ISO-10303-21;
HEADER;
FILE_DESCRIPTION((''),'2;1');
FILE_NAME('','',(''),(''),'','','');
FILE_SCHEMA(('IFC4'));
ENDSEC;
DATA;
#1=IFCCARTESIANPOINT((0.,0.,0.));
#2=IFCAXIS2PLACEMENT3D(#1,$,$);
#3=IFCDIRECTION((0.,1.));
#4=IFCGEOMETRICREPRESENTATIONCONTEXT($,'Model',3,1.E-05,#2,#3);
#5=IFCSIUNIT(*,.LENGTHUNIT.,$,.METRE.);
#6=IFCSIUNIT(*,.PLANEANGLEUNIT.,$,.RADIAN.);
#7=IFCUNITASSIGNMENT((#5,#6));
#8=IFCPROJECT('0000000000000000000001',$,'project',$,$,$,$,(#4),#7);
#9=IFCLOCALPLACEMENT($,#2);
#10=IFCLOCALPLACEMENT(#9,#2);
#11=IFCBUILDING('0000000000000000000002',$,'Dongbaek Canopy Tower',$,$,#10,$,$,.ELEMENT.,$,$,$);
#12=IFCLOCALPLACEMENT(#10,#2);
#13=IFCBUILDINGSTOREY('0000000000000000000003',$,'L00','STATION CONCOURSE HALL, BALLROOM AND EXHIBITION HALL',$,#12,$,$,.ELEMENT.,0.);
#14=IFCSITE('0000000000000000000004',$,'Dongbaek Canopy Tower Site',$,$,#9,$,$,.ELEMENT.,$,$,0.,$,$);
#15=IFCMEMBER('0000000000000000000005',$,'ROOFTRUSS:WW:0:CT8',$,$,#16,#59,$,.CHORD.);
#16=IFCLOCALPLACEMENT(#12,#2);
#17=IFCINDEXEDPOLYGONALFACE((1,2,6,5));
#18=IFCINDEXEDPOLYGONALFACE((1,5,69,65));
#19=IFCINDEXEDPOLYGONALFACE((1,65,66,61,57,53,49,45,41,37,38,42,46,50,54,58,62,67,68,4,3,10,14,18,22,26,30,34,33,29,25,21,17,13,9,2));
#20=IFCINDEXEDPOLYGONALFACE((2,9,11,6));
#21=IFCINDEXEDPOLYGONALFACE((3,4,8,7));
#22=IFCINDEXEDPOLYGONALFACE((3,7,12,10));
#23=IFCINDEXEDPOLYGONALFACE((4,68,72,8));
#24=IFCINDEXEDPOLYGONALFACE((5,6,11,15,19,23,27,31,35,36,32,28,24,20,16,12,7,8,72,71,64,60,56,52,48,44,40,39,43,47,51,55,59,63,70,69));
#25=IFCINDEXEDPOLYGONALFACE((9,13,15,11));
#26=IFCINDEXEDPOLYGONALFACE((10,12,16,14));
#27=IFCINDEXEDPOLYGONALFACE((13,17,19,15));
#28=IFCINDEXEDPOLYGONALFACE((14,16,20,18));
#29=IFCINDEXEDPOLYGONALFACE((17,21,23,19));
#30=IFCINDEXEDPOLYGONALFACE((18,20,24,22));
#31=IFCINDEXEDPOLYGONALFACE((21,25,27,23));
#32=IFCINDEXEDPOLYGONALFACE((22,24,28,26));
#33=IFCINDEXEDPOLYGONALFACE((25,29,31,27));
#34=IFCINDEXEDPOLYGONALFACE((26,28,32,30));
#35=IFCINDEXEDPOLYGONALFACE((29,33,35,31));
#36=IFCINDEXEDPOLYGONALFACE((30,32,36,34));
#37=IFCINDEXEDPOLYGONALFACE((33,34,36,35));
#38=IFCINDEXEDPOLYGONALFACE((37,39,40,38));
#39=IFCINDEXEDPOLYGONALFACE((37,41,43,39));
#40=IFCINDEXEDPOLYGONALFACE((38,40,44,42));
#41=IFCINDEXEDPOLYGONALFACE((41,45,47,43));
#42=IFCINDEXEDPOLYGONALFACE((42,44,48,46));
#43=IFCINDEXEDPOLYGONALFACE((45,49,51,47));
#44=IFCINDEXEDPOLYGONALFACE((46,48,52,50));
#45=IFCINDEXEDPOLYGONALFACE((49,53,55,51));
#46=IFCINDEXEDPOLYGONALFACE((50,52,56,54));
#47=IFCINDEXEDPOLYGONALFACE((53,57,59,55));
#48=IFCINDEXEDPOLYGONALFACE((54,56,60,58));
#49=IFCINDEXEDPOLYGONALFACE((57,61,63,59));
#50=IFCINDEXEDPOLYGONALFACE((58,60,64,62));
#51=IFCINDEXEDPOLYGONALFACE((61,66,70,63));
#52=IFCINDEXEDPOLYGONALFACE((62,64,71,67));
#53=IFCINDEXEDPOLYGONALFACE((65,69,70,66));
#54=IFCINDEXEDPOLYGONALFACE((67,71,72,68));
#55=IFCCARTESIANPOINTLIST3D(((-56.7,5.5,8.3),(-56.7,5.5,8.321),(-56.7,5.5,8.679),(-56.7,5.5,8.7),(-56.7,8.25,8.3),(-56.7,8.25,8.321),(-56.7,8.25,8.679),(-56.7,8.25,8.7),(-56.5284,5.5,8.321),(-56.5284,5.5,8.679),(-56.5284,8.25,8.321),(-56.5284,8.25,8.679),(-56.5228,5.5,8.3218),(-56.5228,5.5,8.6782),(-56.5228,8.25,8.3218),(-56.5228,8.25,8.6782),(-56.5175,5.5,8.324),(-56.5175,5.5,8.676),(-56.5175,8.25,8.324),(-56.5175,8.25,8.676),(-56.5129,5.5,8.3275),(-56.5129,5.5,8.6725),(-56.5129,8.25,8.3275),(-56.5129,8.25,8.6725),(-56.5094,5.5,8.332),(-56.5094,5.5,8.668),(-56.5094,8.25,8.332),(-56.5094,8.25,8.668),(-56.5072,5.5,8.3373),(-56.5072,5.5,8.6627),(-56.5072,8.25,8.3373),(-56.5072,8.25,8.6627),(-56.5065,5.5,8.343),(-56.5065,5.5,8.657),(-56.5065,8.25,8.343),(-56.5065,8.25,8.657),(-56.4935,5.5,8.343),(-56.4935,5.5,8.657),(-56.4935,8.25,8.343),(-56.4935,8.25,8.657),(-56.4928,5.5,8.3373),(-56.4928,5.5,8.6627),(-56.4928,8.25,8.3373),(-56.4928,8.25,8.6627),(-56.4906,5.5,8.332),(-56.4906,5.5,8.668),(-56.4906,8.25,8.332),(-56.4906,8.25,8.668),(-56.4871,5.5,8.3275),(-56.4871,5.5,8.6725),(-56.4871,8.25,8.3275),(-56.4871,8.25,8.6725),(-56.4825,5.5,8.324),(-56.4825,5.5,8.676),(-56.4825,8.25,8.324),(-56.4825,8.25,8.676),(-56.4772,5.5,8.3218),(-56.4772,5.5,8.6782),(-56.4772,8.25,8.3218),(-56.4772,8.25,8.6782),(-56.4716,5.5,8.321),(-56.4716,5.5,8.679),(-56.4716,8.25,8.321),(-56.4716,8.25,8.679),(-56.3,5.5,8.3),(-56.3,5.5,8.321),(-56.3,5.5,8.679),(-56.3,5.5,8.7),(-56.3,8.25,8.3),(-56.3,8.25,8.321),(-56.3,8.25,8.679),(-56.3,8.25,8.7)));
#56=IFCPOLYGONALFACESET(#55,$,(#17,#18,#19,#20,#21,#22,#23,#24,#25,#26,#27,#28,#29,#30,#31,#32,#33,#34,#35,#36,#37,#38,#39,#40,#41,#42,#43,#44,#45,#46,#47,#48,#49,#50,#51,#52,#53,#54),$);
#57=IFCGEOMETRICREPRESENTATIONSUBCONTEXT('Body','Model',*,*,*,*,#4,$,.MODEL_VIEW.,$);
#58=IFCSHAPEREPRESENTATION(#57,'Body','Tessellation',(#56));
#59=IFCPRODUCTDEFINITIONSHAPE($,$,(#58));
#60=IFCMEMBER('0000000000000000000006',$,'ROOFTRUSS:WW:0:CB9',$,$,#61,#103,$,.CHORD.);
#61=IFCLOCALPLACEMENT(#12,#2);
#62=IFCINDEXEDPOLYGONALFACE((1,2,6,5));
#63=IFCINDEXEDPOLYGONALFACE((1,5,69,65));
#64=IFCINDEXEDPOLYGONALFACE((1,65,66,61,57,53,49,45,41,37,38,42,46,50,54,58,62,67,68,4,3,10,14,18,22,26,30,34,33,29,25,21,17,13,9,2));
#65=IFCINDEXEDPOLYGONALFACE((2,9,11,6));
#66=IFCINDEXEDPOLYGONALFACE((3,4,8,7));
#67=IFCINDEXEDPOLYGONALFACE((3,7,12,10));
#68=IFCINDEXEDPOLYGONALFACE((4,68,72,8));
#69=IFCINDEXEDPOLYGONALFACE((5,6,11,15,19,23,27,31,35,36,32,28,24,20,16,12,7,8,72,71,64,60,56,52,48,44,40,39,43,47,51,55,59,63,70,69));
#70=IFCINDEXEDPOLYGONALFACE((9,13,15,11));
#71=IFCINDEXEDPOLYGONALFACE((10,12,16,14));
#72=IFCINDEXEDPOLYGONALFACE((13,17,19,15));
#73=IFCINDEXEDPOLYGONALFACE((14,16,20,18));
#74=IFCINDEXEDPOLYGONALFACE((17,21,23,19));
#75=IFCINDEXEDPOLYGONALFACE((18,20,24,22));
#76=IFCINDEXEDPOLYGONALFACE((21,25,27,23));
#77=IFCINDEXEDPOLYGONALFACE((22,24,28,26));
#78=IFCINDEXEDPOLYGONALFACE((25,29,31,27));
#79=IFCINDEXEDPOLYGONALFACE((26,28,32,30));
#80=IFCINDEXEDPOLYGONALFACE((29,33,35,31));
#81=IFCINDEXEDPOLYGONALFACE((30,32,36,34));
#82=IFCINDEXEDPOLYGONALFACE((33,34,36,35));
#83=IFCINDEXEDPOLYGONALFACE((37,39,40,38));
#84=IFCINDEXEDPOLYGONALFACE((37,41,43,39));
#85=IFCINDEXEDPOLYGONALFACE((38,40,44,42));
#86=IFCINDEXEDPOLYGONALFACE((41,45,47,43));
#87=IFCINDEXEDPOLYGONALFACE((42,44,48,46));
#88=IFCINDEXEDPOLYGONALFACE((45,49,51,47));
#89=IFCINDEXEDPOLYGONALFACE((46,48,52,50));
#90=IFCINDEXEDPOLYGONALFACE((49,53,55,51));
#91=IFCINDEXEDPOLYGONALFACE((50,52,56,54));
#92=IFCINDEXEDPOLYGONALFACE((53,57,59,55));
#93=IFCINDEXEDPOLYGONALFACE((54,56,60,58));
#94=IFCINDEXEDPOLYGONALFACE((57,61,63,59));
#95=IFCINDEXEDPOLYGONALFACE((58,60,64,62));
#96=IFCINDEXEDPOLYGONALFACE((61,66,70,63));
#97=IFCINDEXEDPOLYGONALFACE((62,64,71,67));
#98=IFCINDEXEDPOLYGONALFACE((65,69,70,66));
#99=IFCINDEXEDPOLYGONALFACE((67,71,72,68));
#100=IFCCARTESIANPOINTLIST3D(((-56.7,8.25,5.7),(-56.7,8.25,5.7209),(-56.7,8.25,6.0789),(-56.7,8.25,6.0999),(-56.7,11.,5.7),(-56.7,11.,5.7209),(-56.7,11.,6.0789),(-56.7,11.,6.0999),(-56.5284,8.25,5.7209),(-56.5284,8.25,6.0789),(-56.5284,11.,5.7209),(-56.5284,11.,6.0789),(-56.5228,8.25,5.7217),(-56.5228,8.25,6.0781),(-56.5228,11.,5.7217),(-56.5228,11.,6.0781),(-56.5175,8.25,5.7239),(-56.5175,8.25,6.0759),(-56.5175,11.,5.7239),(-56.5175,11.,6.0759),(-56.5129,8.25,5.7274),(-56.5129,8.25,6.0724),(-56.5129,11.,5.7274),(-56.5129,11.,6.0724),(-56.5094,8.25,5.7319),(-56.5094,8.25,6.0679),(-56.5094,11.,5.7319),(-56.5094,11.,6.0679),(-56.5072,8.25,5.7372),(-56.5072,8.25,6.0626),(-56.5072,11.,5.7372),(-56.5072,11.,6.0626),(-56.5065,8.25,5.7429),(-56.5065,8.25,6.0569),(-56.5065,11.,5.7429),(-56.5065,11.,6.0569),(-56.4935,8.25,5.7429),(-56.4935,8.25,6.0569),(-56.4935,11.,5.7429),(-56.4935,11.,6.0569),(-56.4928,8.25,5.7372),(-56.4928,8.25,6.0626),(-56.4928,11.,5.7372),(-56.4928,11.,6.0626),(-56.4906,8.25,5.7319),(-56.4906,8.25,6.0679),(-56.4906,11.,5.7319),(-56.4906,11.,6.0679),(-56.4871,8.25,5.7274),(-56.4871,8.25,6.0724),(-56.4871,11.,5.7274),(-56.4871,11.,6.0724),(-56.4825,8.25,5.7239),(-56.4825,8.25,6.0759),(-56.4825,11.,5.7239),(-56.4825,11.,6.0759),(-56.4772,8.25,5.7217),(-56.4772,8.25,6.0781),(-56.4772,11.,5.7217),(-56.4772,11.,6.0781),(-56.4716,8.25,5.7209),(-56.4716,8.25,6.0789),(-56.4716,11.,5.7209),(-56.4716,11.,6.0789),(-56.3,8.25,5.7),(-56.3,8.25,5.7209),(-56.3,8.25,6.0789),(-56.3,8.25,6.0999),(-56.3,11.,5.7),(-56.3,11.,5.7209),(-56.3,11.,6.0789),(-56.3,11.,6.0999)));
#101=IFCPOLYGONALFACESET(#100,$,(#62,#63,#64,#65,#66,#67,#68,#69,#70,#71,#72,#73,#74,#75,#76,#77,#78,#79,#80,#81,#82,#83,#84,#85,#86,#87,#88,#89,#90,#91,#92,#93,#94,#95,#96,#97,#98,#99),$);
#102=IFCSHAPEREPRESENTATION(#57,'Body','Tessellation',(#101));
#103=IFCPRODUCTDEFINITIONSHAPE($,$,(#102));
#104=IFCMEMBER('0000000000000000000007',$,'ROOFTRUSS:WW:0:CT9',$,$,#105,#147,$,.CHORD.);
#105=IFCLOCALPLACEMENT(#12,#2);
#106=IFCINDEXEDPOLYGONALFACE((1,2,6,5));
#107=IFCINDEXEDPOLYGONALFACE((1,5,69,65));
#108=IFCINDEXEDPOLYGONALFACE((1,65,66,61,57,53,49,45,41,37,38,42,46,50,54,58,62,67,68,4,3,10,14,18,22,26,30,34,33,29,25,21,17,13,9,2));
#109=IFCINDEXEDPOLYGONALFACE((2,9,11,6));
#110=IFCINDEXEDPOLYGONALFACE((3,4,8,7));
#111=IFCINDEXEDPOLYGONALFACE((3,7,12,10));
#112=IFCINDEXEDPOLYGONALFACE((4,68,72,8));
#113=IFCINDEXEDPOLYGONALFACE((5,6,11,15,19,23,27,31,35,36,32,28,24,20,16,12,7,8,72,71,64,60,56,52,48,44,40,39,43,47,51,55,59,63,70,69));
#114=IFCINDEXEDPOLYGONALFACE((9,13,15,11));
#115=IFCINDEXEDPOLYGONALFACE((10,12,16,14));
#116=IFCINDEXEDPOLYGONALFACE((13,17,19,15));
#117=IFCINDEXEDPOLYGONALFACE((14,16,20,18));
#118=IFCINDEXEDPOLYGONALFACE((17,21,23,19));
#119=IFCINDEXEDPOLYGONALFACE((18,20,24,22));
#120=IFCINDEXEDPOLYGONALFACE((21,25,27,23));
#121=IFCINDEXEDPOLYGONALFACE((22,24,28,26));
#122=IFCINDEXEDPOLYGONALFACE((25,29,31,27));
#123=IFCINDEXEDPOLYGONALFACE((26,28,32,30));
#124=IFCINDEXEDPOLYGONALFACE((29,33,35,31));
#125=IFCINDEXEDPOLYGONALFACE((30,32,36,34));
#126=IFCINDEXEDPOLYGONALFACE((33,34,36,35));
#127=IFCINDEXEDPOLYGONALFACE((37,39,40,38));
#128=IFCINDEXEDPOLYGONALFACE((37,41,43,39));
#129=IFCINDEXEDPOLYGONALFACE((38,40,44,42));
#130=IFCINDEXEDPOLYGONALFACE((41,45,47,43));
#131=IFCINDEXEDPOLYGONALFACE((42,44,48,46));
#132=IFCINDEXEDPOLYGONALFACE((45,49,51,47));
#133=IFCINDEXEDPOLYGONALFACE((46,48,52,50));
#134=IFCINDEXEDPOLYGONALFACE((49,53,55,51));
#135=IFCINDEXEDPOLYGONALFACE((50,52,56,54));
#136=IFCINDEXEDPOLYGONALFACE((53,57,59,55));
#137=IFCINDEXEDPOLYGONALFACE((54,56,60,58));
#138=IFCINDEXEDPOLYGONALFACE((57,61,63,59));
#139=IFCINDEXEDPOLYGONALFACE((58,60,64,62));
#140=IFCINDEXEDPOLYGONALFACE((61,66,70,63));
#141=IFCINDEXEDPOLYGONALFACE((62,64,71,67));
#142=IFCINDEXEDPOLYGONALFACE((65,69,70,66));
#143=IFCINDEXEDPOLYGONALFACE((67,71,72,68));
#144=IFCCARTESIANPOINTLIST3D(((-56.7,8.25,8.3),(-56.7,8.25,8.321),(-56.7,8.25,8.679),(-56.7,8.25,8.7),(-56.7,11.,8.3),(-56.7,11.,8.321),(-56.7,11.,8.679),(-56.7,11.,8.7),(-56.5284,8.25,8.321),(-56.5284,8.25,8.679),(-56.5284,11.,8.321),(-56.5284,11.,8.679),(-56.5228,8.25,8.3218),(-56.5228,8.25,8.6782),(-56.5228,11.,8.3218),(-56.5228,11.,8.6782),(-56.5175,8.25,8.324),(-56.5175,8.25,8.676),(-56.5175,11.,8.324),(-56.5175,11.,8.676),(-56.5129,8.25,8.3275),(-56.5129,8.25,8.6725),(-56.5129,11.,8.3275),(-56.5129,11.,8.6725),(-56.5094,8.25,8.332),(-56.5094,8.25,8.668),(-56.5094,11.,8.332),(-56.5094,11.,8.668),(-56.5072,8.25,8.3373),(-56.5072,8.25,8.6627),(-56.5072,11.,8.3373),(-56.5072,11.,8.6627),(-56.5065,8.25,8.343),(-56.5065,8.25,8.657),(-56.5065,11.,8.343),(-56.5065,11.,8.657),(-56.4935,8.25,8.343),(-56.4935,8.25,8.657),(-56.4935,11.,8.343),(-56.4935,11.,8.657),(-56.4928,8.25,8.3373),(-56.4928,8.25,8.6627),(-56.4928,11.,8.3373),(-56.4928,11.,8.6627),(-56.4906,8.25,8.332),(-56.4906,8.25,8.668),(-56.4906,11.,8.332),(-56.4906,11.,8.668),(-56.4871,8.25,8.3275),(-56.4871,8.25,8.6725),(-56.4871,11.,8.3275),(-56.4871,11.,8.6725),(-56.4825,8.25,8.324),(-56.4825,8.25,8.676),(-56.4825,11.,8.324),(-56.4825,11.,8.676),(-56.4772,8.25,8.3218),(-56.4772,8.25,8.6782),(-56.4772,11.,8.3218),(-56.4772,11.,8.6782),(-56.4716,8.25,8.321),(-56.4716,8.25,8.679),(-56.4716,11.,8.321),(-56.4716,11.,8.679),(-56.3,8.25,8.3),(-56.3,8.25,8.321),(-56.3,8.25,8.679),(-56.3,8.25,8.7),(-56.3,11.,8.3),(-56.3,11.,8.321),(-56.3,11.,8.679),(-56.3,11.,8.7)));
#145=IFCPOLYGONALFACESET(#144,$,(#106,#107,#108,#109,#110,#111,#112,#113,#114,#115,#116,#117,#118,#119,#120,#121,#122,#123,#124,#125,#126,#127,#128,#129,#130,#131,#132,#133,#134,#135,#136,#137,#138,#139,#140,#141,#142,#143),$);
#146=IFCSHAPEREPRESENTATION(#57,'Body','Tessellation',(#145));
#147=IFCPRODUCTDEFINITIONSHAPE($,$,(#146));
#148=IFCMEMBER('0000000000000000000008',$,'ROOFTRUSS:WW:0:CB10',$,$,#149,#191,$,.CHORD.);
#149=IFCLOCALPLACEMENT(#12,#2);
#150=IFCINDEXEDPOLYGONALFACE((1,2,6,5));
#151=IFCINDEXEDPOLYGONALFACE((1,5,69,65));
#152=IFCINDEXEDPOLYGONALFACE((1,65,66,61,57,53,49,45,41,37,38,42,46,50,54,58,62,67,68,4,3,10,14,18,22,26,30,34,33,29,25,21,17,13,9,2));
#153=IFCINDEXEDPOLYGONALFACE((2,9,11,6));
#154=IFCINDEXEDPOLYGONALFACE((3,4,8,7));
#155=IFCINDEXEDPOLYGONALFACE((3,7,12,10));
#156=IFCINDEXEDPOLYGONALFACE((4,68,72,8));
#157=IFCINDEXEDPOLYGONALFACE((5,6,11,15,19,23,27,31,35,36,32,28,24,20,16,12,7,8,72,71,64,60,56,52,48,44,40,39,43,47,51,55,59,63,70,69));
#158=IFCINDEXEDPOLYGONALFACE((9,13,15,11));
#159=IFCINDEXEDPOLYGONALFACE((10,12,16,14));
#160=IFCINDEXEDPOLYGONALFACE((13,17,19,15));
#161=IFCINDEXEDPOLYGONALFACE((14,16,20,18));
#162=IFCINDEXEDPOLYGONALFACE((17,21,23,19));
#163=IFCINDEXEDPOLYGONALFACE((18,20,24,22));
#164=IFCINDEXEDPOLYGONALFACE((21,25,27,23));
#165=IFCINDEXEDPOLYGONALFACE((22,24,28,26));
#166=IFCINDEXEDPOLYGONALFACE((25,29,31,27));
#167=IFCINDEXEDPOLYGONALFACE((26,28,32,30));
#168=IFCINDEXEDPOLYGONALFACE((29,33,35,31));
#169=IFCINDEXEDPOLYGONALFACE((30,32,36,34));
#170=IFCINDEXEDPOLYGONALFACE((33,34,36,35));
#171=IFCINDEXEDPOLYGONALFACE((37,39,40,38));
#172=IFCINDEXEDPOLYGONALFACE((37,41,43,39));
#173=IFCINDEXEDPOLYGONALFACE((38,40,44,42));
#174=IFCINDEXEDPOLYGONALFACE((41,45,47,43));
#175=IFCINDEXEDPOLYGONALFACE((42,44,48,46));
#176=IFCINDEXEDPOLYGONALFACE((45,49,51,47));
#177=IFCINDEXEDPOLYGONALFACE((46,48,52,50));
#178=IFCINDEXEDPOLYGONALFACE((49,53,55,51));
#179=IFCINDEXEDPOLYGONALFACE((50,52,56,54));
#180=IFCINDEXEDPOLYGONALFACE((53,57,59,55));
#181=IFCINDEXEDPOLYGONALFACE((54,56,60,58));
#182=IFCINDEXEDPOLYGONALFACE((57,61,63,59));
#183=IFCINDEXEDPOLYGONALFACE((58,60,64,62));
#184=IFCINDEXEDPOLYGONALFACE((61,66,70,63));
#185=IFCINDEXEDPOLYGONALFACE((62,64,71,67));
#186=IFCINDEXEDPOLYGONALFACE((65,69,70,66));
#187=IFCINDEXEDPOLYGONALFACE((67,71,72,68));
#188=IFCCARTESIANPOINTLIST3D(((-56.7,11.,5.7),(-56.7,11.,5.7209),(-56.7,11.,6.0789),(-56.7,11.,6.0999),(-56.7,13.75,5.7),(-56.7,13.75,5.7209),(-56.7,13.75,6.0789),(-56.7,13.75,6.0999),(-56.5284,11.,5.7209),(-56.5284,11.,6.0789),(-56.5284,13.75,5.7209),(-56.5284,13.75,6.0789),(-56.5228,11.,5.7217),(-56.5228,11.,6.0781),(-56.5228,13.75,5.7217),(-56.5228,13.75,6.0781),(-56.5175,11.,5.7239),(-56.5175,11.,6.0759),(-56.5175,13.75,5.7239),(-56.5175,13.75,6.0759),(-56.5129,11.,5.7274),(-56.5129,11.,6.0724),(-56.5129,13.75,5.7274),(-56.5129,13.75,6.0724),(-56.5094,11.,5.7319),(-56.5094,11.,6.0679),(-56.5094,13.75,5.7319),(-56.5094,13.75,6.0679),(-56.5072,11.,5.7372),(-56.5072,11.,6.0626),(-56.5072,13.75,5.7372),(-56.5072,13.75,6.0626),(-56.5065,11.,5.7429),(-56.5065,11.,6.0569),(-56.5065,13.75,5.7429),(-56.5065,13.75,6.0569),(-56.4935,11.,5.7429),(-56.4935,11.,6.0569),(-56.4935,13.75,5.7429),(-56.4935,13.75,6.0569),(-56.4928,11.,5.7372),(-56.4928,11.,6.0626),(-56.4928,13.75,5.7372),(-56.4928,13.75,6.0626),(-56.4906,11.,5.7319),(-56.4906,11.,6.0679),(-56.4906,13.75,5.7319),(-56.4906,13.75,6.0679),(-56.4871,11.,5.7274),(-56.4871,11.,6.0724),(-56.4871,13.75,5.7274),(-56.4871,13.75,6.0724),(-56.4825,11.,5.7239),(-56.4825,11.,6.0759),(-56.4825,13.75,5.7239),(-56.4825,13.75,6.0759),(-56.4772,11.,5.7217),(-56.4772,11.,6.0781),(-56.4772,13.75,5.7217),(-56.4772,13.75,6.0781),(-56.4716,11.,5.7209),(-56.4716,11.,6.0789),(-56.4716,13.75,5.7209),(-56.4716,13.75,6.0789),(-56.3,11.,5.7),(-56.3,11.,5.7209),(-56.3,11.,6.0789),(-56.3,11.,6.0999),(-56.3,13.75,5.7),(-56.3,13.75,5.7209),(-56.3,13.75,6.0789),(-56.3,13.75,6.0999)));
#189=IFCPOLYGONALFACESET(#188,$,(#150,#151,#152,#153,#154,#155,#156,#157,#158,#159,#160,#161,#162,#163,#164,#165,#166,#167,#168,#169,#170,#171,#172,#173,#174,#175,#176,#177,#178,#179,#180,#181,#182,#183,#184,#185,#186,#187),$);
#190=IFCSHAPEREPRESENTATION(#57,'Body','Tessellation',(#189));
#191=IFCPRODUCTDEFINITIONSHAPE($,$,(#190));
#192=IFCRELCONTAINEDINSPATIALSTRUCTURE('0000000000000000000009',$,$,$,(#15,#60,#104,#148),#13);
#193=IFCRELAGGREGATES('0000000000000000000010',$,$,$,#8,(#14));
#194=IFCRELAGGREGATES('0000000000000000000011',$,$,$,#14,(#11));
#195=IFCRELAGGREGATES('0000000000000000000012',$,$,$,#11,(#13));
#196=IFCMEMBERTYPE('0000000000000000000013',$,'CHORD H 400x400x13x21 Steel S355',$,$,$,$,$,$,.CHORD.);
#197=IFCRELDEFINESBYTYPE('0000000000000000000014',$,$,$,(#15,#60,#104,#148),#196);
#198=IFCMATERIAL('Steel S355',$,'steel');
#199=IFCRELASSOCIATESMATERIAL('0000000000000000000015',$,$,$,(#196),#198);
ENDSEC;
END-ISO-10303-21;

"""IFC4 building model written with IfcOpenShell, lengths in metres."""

from ifc_helpers import new_model, si_unit, direction, frame, origin, origin_2d, place, context, subcontext, project, spatial, i_section, extrude, material, material_profile, profile_set, type_object, element, save


model = new_model("IFC4")

# Units and contexts
model_context = context("Model", 3, precision=1e-05, world=origin(), true_north=direction((0.0, 1.0)))
body_context = subcontext(model_context, "Body", "Model", "MODEL_VIEW")
ifc_project = project(units=[si_unit("LENGTHUNIT", "METRE"), si_unit("PLANEANGLEUNIT", "RADIAN")], contexts=[model_context])

# Site, building, storey
site_placement = place(None, origin())
site = spatial("IfcSite", under=ifc_project, at=site_placement, Name="Dongbaek Canopy Tower Site", CompositionType="ELEMENT", RefElevation=0.0)
building_placement = place(site_placement, origin())
building = spatial("IfcBuilding", under=site, at=building_placement, Name="Dongbaek Canopy Tower", CompositionType="ELEMENT")
storey_placement = place(building_placement, origin())
storey = spatial("IfcBuildingStorey", under=building, at=storey_placement, Name="L00", Description="STATION CONCOURSE HALL, BALLROOM AND EXHIBITION HALL", CompositionType="ELEMENT", Elevation=0.0)

# Members
ifc_material_1 = material(Name="Steel S355", Category="steel")
ifc_material_profile_1 = material_profile(ifc_material_1, i_section(OverallWidth=0.3999, OverallDepth=0.3999, WebThickness=0.0129, FlangeThickness=0.021, FilletRadius=0.022, at=origin_2d()), Name="CHORD H 400x400x13x21 Steel S355")
ifc_profile_set_1 = profile_set([ifc_material_profile_1], Name="Steel S355")
member_type_1 = type_object("IfcMemberType", Name="CHORD H 400x400x13x21 Steel S355", PredefinedType="CHORD", material=ifc_profile_set_1)
for number, where, z_axis, x_axis, name in (
    (1, (-56.5, 5.5, 8.5), (0.0, 1.0, 0.0), (-1.0, 0.0, 0.0), "ROOFTRUSS:WW:0:CT8"),
    (2, (-56.5, 8.25, 5.8999), (0.0, 1.0, 0.0), (-1.0, 0.0, 0.0), "ROOFTRUSS:WW:0:CB9"),
    (3, (-56.5, 8.25, 8.5), (0.0, 1.0, 0.0), (-1.0, 0.0, 0.0), "ROOFTRUSS:WW:0:CT9"),
    (4, (-56.5, 11.0, 5.8999), (0.0, 1.0, 0.0), (-1.0, 0.0, 0.0), "ROOFTRUSS:WW:0:CB10"),
):
    element("IfcMember", number, at=place(storey_placement, frame(where, z_axis=z_axis, x_axis=x_axis)), inside=storey, type_object=member_type_1, Name=name, PredefinedType="CHORD", context=body_context, shape_type="SweptSolid", body=[
        extrude(i_section(OverallWidth=0.3999, OverallDepth=0.3999, WebThickness=0.0129, FlangeThickness=0.021, FilletRadius=0.022, at=origin_2d()), origin(), (0.0, 0.0, 1.0), 2.75),
    ])

save(model, "model.ifc")
